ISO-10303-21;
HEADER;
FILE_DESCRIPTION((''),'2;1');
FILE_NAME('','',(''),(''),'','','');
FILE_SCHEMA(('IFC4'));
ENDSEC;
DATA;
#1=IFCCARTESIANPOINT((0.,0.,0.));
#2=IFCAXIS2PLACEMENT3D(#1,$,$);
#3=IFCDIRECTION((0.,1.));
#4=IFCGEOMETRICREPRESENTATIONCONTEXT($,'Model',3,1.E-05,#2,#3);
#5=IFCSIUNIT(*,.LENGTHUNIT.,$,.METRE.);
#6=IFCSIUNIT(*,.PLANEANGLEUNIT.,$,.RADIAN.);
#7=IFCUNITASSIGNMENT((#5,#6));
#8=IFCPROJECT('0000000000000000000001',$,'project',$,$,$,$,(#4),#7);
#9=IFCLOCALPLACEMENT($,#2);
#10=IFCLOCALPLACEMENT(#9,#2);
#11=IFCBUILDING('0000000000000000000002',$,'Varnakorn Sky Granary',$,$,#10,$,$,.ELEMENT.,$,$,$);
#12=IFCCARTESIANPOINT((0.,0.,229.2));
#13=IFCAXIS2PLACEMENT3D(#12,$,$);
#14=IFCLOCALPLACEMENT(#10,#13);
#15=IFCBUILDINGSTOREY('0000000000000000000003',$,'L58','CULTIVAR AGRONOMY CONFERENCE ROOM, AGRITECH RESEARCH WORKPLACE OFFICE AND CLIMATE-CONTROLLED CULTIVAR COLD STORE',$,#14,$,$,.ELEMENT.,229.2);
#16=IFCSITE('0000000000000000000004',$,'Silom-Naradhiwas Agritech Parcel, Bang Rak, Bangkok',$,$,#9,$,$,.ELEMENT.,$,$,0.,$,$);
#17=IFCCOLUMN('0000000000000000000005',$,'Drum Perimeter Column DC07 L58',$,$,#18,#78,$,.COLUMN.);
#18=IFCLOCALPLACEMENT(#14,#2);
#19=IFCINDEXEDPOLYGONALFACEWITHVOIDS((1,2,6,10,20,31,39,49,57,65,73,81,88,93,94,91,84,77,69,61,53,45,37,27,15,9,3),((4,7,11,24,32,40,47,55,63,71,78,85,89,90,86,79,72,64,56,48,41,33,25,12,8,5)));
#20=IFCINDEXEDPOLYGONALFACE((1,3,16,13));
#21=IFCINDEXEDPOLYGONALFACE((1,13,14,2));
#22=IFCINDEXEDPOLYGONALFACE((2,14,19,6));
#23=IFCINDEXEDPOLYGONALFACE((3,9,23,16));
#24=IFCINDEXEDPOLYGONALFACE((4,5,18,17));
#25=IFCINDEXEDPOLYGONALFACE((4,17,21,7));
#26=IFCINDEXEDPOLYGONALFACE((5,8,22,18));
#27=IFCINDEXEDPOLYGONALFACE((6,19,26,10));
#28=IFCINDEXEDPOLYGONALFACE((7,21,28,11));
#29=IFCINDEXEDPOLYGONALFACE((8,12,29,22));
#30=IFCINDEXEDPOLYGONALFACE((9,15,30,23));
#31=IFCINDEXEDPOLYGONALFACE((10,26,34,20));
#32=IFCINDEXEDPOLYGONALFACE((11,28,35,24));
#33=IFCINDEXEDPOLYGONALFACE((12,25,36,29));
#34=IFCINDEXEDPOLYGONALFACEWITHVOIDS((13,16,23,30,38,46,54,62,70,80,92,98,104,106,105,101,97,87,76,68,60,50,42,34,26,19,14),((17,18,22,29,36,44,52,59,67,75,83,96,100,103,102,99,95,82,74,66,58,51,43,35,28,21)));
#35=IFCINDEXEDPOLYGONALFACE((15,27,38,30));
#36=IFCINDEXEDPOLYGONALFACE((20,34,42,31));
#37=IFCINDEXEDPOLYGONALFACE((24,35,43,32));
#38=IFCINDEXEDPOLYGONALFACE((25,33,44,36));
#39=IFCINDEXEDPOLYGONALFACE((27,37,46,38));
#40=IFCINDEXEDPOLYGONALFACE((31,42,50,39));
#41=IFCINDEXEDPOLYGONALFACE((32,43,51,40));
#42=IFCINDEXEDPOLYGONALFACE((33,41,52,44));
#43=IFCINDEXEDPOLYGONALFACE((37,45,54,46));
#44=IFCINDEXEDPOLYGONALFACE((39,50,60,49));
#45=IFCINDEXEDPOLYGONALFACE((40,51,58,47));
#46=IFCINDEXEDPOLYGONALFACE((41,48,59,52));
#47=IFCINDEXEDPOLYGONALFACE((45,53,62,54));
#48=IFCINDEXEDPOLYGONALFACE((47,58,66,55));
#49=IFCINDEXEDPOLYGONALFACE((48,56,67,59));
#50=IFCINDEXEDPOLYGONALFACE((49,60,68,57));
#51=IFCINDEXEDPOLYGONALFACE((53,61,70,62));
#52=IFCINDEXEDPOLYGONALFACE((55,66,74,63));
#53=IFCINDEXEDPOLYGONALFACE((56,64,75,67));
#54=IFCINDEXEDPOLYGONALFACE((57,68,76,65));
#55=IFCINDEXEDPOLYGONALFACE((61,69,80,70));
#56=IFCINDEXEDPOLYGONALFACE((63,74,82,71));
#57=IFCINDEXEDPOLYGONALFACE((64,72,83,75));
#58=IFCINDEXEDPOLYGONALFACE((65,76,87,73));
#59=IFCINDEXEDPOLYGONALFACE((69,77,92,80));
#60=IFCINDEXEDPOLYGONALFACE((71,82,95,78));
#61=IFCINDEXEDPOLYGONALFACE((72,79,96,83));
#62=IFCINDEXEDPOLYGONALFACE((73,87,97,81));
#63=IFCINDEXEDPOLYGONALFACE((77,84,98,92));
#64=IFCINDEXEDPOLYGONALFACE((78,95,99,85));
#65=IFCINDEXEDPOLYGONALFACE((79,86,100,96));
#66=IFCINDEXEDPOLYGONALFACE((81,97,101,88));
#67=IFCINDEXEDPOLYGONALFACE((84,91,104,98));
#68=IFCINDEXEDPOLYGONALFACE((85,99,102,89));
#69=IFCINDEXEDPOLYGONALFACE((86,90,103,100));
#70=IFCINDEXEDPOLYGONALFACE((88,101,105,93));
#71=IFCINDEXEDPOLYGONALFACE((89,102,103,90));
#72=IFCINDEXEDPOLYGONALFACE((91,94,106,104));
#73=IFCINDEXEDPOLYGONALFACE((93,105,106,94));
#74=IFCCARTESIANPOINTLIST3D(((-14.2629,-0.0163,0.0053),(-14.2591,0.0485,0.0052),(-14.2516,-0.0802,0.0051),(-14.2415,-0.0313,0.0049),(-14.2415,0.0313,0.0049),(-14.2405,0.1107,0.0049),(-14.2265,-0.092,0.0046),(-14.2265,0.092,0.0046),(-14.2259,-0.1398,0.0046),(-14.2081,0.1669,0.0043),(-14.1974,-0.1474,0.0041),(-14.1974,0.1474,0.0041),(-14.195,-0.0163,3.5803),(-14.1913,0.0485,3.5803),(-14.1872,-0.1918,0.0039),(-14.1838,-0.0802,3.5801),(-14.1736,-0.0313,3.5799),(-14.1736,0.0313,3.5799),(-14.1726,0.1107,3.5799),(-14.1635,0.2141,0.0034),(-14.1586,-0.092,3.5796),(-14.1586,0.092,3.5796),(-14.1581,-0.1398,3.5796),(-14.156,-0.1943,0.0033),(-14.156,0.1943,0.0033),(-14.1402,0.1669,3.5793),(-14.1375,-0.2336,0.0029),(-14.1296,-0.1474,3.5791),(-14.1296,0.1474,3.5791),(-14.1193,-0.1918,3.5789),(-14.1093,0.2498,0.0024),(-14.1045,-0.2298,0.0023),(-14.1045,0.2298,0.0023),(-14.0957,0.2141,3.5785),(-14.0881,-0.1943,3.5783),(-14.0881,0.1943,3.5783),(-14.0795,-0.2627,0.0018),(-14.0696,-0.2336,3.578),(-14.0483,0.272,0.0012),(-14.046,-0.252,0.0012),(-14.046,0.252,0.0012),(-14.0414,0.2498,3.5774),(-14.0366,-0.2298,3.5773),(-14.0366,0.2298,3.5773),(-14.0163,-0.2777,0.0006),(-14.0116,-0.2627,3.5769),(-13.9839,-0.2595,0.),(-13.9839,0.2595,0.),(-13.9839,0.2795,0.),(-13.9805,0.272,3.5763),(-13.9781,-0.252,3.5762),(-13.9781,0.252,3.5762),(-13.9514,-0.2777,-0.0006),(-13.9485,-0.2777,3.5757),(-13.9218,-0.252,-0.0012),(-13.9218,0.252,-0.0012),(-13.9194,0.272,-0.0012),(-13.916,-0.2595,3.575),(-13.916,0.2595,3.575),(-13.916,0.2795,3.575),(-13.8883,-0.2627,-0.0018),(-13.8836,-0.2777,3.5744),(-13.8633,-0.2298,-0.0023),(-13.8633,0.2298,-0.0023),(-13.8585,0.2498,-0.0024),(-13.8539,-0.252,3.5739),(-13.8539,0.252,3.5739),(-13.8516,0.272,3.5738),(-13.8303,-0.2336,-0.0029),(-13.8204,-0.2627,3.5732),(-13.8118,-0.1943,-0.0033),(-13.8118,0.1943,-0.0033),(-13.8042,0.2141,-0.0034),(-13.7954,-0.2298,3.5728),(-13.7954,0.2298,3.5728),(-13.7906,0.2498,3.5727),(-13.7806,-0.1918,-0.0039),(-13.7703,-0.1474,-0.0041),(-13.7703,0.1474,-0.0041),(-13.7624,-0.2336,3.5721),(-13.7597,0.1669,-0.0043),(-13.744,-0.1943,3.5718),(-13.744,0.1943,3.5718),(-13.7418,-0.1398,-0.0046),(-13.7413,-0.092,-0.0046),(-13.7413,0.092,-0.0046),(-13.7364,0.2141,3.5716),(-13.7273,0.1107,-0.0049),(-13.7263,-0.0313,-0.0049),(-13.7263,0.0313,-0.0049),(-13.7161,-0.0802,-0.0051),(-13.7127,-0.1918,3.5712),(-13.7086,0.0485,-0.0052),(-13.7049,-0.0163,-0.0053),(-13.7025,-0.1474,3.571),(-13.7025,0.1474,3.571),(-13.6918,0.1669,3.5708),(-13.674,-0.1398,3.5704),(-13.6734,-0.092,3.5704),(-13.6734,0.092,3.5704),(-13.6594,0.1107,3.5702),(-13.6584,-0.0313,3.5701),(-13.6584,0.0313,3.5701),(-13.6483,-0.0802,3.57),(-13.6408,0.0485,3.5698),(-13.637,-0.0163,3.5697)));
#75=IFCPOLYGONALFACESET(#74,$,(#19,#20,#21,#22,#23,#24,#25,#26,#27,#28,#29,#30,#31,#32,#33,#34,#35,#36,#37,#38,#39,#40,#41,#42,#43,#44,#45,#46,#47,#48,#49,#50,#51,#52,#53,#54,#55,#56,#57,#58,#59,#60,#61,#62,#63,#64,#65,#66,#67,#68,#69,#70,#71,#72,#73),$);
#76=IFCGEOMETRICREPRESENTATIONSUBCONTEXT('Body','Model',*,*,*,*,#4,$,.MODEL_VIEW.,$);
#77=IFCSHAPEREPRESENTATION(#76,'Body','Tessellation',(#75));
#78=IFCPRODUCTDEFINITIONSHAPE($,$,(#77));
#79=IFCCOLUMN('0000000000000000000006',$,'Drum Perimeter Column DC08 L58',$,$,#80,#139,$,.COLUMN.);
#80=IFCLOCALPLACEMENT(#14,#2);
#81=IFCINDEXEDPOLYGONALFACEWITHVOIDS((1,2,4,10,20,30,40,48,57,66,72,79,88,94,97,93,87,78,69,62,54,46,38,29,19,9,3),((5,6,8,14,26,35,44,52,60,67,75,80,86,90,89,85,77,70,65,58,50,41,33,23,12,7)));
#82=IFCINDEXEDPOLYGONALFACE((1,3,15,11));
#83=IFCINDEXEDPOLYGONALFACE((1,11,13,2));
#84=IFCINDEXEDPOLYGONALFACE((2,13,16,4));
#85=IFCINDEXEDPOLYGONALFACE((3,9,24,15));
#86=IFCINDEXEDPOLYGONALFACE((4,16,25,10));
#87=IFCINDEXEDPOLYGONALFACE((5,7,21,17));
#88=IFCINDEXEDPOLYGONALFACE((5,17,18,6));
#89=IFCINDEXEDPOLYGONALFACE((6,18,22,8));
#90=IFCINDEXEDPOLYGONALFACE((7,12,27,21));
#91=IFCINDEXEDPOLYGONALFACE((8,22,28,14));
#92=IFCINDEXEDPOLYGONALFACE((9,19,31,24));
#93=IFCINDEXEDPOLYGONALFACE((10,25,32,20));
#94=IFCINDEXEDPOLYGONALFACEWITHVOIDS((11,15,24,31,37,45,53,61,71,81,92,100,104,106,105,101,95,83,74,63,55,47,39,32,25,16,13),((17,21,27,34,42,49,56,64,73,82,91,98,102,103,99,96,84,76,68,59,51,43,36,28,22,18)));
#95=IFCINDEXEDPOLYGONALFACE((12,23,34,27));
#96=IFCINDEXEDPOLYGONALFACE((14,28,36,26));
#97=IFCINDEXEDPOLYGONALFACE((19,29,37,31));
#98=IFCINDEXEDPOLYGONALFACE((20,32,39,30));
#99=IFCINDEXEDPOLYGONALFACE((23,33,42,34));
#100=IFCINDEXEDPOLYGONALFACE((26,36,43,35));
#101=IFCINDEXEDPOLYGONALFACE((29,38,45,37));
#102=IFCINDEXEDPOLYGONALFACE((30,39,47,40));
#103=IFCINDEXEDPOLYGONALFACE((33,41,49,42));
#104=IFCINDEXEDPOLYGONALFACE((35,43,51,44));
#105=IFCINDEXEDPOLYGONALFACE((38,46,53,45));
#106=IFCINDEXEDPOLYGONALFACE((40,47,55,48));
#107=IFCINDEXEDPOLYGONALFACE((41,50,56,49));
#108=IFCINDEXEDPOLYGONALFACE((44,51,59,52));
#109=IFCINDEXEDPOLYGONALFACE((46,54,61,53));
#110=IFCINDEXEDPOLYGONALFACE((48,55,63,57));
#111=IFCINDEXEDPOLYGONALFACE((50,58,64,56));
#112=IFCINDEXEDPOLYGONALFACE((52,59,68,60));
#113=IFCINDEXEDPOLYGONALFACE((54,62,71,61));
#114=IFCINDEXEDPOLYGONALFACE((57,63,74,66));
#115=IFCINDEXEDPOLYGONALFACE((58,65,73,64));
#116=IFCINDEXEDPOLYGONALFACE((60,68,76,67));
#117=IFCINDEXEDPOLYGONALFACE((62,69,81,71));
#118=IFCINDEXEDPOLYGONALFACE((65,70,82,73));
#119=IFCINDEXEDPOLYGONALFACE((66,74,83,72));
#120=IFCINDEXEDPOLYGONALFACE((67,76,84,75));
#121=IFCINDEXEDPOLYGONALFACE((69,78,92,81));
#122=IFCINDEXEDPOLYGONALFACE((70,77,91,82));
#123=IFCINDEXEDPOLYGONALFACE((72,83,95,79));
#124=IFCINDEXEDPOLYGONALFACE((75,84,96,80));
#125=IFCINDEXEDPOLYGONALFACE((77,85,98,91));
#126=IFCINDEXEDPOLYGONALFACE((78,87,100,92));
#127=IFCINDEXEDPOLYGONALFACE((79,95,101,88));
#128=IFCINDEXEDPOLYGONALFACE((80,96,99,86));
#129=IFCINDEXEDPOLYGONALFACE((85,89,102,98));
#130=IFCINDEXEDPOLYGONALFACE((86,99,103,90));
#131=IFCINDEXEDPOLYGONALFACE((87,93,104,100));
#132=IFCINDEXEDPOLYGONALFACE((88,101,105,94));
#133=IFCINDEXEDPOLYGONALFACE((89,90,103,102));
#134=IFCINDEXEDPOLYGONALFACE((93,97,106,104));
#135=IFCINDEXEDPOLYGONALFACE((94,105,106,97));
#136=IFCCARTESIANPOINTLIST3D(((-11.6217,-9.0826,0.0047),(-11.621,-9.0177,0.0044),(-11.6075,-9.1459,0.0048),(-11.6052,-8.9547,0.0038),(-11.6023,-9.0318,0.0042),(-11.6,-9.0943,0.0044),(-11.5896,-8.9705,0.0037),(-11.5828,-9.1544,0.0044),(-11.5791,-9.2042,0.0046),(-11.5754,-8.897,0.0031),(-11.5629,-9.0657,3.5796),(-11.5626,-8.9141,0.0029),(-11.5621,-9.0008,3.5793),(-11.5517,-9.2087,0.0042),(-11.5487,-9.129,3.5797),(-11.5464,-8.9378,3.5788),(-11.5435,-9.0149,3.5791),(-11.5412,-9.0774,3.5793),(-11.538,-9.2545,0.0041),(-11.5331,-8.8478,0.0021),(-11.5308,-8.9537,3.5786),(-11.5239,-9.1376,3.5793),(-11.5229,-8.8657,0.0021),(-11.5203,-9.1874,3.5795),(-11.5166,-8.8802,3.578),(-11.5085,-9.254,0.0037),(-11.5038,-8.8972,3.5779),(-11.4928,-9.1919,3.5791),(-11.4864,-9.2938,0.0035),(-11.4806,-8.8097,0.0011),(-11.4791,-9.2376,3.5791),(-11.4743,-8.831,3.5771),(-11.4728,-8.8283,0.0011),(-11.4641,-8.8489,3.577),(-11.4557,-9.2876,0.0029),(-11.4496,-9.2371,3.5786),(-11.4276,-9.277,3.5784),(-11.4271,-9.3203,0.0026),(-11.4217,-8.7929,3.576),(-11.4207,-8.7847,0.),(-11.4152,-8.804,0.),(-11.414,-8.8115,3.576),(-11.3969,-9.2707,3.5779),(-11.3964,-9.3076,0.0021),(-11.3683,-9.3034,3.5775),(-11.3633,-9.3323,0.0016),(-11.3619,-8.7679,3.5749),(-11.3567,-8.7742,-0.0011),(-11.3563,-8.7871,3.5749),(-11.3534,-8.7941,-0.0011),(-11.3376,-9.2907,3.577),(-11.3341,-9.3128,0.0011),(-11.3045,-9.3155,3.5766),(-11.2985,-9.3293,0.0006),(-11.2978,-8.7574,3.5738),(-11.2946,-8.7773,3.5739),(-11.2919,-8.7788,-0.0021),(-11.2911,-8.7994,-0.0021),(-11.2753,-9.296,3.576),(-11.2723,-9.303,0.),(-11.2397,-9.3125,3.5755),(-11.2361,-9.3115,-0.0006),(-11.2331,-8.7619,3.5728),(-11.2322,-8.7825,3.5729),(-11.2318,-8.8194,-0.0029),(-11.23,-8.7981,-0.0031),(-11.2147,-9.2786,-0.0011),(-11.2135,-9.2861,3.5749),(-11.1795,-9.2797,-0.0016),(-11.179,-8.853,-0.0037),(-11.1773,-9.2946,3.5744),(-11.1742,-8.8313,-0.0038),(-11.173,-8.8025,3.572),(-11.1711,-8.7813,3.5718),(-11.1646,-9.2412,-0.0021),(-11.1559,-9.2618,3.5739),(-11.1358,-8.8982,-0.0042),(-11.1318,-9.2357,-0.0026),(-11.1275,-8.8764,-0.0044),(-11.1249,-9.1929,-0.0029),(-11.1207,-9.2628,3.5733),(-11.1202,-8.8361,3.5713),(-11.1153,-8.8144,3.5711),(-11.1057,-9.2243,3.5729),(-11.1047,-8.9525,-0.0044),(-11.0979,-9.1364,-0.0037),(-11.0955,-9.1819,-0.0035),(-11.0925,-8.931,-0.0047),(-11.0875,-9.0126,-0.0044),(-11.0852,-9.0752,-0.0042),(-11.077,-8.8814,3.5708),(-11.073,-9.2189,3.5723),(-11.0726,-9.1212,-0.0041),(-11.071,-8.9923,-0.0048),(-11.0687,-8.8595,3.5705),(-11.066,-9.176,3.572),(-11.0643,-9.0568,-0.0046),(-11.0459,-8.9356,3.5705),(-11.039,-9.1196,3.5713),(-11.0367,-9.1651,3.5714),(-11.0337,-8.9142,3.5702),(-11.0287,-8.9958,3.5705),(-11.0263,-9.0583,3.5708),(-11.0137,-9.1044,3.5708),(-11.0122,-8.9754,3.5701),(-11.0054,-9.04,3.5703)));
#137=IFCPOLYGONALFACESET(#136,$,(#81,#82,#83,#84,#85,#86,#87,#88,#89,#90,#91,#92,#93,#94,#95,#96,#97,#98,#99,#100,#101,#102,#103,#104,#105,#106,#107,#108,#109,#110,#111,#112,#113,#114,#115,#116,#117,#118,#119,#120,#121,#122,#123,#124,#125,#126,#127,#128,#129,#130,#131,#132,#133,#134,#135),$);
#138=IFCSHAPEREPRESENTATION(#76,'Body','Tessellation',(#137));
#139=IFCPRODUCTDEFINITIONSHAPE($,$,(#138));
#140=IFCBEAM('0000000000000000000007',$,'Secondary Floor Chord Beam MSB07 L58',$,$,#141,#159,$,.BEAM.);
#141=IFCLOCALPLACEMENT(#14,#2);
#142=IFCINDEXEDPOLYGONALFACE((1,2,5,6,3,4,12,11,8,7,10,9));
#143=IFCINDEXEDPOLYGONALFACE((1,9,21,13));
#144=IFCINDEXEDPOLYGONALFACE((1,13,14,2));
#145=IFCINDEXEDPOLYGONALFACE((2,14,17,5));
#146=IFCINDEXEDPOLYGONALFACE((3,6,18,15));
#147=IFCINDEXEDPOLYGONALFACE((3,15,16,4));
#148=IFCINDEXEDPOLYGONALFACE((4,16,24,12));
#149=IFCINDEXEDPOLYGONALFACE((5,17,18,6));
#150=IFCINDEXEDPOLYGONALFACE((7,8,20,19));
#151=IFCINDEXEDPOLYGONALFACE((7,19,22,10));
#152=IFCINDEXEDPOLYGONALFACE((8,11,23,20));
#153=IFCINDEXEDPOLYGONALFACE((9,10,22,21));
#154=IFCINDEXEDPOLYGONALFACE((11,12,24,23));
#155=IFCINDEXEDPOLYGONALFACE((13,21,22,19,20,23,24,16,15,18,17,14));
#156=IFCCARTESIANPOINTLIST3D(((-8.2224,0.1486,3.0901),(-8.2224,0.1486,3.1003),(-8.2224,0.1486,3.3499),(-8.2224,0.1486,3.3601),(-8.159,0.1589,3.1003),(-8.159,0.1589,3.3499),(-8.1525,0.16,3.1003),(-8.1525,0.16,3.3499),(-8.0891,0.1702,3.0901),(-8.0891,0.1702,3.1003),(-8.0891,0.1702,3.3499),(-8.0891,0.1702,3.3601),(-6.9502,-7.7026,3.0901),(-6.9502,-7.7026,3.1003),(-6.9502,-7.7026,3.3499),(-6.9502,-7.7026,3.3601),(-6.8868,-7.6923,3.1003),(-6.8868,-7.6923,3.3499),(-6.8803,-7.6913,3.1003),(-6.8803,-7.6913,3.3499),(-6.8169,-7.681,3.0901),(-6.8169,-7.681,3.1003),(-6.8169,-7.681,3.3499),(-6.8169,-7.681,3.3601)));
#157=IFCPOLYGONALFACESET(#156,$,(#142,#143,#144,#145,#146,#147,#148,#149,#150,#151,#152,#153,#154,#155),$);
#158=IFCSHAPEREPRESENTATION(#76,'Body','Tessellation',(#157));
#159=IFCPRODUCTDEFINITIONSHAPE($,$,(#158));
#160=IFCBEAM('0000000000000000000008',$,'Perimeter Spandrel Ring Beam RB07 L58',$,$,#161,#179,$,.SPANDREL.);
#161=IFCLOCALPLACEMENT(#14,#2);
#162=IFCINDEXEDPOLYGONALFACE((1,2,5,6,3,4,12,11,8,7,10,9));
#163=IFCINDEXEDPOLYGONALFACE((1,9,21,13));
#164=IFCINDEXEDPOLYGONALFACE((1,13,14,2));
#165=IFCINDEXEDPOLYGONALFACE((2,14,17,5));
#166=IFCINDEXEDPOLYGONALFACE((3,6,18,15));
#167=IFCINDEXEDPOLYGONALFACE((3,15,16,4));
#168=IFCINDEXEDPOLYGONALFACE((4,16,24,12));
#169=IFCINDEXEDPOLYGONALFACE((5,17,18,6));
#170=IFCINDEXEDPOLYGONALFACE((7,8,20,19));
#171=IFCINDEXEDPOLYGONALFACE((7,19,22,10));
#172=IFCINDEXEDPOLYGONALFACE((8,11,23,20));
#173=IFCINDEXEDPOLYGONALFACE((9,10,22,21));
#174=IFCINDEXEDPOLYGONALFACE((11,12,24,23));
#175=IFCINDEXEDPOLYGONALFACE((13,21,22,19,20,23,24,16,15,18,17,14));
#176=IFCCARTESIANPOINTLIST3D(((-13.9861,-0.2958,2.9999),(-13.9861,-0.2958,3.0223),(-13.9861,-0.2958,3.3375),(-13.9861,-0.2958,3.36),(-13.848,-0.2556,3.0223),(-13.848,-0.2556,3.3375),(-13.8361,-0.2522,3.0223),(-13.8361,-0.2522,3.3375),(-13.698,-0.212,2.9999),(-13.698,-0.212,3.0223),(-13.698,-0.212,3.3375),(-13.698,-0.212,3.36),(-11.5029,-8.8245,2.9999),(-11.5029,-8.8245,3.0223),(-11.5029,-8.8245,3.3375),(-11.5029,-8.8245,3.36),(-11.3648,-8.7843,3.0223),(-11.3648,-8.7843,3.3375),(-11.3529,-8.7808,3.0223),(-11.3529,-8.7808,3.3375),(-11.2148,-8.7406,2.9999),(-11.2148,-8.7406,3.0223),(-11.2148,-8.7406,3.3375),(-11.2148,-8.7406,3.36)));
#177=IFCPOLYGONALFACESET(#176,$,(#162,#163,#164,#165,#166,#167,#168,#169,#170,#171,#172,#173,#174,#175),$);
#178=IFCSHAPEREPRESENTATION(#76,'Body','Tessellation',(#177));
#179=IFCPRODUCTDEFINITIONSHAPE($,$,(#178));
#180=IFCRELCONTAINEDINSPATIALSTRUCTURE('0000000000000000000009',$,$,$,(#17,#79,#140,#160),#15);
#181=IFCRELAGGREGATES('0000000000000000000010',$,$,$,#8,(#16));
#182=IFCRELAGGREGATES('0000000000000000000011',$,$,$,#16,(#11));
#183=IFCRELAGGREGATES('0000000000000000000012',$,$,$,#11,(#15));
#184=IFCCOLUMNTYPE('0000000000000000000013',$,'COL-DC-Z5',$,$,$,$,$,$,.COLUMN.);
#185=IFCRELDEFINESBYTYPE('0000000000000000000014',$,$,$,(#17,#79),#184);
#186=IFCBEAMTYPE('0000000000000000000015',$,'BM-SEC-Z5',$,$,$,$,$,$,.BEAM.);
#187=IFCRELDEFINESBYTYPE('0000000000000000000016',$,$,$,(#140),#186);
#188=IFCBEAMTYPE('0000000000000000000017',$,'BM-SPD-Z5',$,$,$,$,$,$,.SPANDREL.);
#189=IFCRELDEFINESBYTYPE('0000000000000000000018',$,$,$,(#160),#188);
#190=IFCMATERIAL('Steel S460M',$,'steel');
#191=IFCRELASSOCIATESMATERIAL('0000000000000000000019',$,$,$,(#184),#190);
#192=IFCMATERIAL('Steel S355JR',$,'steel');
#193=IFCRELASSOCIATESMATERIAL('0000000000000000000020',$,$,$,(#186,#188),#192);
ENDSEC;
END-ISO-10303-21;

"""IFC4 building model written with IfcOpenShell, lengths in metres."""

from ifc_helpers import new_model, si_unit, direction, frame, origin, origin_2d, place, context, subcontext, project, spatial, hollow_circle, i_section, extrude, material, material_profile, profile_set, type_object, element, save


model = new_model("IFC4")

# Units and contexts
model_context = context("Model", 3, precision=1e-05, world=origin(), true_north=direction((0.0, 1.0)))
body_context = subcontext(model_context, "Body", "Model", "MODEL_VIEW")
ifc_project = project(units=[si_unit("LENGTHUNIT", "METRE"), si_unit("PLANEANGLEUNIT", "RADIAN")], contexts=[model_context])

# Site, building, storey
site_placement = place(None, origin())
site = spatial("IfcSite", under=ifc_project, at=site_placement, Name="Silom-Naradhiwas Agritech Parcel, Bang Rak, Bangkok", CompositionType="ELEMENT", RefElevation=0.0)
building_placement = place(site_placement, origin())
building = spatial("IfcBuilding", under=site, at=building_placement, Name="Varnakorn Sky Granary", CompositionType="ELEMENT")
storey_placement = place(building_placement, frame((0.0, 0.0, 229.2)))
storey = spatial("IfcBuildingStorey", under=building, at=storey_placement, Name="L58", Description="CULTIVAR AGRONOMY CONFERENCE ROOM, AGRITECH RESEARCH WORKPLACE OFFICE AND CLIMATE-CONTROLLED CULTIVAR COLD STORE", CompositionType="ELEMENT", Elevation=229.2)

# Columns
ifc_material_1 = material(Name="Steel S460M", Category="steel")
ifc_material_profile_1 = material_profile(ifc_material_1, hollow_circle(Radius=0.2795, WallThickness=0.02, at=origin_2d()), Name="CHS 559x20")
ifc_profile_set_1 = profile_set([ifc_material_profile_1], Name="Steel S460M")
column_type = type_object("IfcColumnType", Name="COL-DC-Z5", PredefinedType="COLUMN", material=ifc_profile_set_1)
column_1_placement = place(storey_placement, frame((-13.9839, 0.0, 0.0), z_axis=(0.018982, 0.0, 0.99982), x_axis=(0.0, 1.0, 0.0)))
element("IfcColumn", 1, at=column_1_placement, inside=storey, type_object=column_type, Name="Drum Perimeter Column DC07 L58", PredefinedType="COLUMN", context=body_context, shape_type="SweptSolid", body=[
    extrude(hollow_circle(Radius=0.2795, WallThickness=0.02, at=origin_2d()), origin(), (0.0, 0.0, 1.0), 3.5757),
])
column_2_placement = place(storey_placement, frame((-11.3438, -9.0535, 0.0), z_axis=(0.016456, 0.004711, 0.999853), x_axis=(-0.275248, 0.961373, 0.0)))
element("IfcColumn", 2, at=column_2_placement, inside=storey, type_object=column_type, Name="Drum Perimeter Column DC08 L58", PredefinedType="COLUMN", context=body_context, shape_type="SweptSolid", body=[
    extrude(hollow_circle(Radius=0.2795, WallThickness=0.02, at=origin_2d()), origin(), (0.0, 0.0, 1.0), 3.5754),
])

# Beams
ifc_material_2 = material(Name="Steel S355JR", Category="steel")
ifc_material_profile_2 = material_profile(ifc_material_2, i_section(OverallWidth=0.135, OverallDepth=0.27, WebThickness=0.0066, FlangeThickness=0.0103, at=origin_2d()), Name="IPE 270")
ifc_profile_set_2 = profile_set([ifc_material_profile_2], Name="Steel S355JR")
beam_type_1 = type_object("IfcBeamType", Name="BM-SEC-Z5", PredefinedType="BEAM", material=ifc_profile_set_2)
beam_1_placement = place(storey_placement, frame((-8.1558, 0.1594, 3.2251), z_axis=(0.159952, -0.987125, 0.0), x_axis=(0.987125, 0.159952, 0.0)))
element("IfcBeam", 3, at=beam_1_placement, inside=storey, type_object=beam_type_1, Name="Secondary Floor Chord Beam MSB07 L58", PredefinedType="BEAM", context=body_context, shape_type="SweptSolid", body=[
    extrude(i_section(OverallWidth=0.135, OverallDepth=0.27, WebThickness=0.0066, FlangeThickness=0.0103, at=origin_2d()), origin(), (0.0, 0.0, 1.0), 7.9536),
])
ifc_material_profile_3 = material_profile(ifc_material_2, i_section(OverallWidth=0.3, OverallDepth=0.3601, WebThickness=0.0125, FlangeThickness=0.0225, at=origin_2d()), Name="HE 360 B")
ifc_profile_set_3 = profile_set([ifc_material_profile_3], Name="Steel S355JR")
beam_type_2 = type_object("IfcBeamType", Name="BM-SPD-Z5", PredefinedType="SPANDREL", material=ifc_profile_set_3)
beam_2_placement = place(storey_placement, frame((-13.842, -0.2539, 3.1799), z_axis=(0.279549, -0.960131, 0.0), x_axis=(0.960131, 0.279549, 0.0)))
element("IfcBeam", 4, at=beam_2_placement, inside=storey, type_object=beam_type_2, Name="Perimeter Spandrel Ring Beam RB07 L58", PredefinedType="SPANDREL", context=body_context, shape_type="SweptSolid", body=[
    extrude(i_section(OverallWidth=0.3, OverallDepth=0.3601, WebThickness=0.0125, FlangeThickness=0.0225, at=origin_2d()), origin(), (0.0, 0.0, 1.0), 8.8828),
])

save(model, "model.ifc")
